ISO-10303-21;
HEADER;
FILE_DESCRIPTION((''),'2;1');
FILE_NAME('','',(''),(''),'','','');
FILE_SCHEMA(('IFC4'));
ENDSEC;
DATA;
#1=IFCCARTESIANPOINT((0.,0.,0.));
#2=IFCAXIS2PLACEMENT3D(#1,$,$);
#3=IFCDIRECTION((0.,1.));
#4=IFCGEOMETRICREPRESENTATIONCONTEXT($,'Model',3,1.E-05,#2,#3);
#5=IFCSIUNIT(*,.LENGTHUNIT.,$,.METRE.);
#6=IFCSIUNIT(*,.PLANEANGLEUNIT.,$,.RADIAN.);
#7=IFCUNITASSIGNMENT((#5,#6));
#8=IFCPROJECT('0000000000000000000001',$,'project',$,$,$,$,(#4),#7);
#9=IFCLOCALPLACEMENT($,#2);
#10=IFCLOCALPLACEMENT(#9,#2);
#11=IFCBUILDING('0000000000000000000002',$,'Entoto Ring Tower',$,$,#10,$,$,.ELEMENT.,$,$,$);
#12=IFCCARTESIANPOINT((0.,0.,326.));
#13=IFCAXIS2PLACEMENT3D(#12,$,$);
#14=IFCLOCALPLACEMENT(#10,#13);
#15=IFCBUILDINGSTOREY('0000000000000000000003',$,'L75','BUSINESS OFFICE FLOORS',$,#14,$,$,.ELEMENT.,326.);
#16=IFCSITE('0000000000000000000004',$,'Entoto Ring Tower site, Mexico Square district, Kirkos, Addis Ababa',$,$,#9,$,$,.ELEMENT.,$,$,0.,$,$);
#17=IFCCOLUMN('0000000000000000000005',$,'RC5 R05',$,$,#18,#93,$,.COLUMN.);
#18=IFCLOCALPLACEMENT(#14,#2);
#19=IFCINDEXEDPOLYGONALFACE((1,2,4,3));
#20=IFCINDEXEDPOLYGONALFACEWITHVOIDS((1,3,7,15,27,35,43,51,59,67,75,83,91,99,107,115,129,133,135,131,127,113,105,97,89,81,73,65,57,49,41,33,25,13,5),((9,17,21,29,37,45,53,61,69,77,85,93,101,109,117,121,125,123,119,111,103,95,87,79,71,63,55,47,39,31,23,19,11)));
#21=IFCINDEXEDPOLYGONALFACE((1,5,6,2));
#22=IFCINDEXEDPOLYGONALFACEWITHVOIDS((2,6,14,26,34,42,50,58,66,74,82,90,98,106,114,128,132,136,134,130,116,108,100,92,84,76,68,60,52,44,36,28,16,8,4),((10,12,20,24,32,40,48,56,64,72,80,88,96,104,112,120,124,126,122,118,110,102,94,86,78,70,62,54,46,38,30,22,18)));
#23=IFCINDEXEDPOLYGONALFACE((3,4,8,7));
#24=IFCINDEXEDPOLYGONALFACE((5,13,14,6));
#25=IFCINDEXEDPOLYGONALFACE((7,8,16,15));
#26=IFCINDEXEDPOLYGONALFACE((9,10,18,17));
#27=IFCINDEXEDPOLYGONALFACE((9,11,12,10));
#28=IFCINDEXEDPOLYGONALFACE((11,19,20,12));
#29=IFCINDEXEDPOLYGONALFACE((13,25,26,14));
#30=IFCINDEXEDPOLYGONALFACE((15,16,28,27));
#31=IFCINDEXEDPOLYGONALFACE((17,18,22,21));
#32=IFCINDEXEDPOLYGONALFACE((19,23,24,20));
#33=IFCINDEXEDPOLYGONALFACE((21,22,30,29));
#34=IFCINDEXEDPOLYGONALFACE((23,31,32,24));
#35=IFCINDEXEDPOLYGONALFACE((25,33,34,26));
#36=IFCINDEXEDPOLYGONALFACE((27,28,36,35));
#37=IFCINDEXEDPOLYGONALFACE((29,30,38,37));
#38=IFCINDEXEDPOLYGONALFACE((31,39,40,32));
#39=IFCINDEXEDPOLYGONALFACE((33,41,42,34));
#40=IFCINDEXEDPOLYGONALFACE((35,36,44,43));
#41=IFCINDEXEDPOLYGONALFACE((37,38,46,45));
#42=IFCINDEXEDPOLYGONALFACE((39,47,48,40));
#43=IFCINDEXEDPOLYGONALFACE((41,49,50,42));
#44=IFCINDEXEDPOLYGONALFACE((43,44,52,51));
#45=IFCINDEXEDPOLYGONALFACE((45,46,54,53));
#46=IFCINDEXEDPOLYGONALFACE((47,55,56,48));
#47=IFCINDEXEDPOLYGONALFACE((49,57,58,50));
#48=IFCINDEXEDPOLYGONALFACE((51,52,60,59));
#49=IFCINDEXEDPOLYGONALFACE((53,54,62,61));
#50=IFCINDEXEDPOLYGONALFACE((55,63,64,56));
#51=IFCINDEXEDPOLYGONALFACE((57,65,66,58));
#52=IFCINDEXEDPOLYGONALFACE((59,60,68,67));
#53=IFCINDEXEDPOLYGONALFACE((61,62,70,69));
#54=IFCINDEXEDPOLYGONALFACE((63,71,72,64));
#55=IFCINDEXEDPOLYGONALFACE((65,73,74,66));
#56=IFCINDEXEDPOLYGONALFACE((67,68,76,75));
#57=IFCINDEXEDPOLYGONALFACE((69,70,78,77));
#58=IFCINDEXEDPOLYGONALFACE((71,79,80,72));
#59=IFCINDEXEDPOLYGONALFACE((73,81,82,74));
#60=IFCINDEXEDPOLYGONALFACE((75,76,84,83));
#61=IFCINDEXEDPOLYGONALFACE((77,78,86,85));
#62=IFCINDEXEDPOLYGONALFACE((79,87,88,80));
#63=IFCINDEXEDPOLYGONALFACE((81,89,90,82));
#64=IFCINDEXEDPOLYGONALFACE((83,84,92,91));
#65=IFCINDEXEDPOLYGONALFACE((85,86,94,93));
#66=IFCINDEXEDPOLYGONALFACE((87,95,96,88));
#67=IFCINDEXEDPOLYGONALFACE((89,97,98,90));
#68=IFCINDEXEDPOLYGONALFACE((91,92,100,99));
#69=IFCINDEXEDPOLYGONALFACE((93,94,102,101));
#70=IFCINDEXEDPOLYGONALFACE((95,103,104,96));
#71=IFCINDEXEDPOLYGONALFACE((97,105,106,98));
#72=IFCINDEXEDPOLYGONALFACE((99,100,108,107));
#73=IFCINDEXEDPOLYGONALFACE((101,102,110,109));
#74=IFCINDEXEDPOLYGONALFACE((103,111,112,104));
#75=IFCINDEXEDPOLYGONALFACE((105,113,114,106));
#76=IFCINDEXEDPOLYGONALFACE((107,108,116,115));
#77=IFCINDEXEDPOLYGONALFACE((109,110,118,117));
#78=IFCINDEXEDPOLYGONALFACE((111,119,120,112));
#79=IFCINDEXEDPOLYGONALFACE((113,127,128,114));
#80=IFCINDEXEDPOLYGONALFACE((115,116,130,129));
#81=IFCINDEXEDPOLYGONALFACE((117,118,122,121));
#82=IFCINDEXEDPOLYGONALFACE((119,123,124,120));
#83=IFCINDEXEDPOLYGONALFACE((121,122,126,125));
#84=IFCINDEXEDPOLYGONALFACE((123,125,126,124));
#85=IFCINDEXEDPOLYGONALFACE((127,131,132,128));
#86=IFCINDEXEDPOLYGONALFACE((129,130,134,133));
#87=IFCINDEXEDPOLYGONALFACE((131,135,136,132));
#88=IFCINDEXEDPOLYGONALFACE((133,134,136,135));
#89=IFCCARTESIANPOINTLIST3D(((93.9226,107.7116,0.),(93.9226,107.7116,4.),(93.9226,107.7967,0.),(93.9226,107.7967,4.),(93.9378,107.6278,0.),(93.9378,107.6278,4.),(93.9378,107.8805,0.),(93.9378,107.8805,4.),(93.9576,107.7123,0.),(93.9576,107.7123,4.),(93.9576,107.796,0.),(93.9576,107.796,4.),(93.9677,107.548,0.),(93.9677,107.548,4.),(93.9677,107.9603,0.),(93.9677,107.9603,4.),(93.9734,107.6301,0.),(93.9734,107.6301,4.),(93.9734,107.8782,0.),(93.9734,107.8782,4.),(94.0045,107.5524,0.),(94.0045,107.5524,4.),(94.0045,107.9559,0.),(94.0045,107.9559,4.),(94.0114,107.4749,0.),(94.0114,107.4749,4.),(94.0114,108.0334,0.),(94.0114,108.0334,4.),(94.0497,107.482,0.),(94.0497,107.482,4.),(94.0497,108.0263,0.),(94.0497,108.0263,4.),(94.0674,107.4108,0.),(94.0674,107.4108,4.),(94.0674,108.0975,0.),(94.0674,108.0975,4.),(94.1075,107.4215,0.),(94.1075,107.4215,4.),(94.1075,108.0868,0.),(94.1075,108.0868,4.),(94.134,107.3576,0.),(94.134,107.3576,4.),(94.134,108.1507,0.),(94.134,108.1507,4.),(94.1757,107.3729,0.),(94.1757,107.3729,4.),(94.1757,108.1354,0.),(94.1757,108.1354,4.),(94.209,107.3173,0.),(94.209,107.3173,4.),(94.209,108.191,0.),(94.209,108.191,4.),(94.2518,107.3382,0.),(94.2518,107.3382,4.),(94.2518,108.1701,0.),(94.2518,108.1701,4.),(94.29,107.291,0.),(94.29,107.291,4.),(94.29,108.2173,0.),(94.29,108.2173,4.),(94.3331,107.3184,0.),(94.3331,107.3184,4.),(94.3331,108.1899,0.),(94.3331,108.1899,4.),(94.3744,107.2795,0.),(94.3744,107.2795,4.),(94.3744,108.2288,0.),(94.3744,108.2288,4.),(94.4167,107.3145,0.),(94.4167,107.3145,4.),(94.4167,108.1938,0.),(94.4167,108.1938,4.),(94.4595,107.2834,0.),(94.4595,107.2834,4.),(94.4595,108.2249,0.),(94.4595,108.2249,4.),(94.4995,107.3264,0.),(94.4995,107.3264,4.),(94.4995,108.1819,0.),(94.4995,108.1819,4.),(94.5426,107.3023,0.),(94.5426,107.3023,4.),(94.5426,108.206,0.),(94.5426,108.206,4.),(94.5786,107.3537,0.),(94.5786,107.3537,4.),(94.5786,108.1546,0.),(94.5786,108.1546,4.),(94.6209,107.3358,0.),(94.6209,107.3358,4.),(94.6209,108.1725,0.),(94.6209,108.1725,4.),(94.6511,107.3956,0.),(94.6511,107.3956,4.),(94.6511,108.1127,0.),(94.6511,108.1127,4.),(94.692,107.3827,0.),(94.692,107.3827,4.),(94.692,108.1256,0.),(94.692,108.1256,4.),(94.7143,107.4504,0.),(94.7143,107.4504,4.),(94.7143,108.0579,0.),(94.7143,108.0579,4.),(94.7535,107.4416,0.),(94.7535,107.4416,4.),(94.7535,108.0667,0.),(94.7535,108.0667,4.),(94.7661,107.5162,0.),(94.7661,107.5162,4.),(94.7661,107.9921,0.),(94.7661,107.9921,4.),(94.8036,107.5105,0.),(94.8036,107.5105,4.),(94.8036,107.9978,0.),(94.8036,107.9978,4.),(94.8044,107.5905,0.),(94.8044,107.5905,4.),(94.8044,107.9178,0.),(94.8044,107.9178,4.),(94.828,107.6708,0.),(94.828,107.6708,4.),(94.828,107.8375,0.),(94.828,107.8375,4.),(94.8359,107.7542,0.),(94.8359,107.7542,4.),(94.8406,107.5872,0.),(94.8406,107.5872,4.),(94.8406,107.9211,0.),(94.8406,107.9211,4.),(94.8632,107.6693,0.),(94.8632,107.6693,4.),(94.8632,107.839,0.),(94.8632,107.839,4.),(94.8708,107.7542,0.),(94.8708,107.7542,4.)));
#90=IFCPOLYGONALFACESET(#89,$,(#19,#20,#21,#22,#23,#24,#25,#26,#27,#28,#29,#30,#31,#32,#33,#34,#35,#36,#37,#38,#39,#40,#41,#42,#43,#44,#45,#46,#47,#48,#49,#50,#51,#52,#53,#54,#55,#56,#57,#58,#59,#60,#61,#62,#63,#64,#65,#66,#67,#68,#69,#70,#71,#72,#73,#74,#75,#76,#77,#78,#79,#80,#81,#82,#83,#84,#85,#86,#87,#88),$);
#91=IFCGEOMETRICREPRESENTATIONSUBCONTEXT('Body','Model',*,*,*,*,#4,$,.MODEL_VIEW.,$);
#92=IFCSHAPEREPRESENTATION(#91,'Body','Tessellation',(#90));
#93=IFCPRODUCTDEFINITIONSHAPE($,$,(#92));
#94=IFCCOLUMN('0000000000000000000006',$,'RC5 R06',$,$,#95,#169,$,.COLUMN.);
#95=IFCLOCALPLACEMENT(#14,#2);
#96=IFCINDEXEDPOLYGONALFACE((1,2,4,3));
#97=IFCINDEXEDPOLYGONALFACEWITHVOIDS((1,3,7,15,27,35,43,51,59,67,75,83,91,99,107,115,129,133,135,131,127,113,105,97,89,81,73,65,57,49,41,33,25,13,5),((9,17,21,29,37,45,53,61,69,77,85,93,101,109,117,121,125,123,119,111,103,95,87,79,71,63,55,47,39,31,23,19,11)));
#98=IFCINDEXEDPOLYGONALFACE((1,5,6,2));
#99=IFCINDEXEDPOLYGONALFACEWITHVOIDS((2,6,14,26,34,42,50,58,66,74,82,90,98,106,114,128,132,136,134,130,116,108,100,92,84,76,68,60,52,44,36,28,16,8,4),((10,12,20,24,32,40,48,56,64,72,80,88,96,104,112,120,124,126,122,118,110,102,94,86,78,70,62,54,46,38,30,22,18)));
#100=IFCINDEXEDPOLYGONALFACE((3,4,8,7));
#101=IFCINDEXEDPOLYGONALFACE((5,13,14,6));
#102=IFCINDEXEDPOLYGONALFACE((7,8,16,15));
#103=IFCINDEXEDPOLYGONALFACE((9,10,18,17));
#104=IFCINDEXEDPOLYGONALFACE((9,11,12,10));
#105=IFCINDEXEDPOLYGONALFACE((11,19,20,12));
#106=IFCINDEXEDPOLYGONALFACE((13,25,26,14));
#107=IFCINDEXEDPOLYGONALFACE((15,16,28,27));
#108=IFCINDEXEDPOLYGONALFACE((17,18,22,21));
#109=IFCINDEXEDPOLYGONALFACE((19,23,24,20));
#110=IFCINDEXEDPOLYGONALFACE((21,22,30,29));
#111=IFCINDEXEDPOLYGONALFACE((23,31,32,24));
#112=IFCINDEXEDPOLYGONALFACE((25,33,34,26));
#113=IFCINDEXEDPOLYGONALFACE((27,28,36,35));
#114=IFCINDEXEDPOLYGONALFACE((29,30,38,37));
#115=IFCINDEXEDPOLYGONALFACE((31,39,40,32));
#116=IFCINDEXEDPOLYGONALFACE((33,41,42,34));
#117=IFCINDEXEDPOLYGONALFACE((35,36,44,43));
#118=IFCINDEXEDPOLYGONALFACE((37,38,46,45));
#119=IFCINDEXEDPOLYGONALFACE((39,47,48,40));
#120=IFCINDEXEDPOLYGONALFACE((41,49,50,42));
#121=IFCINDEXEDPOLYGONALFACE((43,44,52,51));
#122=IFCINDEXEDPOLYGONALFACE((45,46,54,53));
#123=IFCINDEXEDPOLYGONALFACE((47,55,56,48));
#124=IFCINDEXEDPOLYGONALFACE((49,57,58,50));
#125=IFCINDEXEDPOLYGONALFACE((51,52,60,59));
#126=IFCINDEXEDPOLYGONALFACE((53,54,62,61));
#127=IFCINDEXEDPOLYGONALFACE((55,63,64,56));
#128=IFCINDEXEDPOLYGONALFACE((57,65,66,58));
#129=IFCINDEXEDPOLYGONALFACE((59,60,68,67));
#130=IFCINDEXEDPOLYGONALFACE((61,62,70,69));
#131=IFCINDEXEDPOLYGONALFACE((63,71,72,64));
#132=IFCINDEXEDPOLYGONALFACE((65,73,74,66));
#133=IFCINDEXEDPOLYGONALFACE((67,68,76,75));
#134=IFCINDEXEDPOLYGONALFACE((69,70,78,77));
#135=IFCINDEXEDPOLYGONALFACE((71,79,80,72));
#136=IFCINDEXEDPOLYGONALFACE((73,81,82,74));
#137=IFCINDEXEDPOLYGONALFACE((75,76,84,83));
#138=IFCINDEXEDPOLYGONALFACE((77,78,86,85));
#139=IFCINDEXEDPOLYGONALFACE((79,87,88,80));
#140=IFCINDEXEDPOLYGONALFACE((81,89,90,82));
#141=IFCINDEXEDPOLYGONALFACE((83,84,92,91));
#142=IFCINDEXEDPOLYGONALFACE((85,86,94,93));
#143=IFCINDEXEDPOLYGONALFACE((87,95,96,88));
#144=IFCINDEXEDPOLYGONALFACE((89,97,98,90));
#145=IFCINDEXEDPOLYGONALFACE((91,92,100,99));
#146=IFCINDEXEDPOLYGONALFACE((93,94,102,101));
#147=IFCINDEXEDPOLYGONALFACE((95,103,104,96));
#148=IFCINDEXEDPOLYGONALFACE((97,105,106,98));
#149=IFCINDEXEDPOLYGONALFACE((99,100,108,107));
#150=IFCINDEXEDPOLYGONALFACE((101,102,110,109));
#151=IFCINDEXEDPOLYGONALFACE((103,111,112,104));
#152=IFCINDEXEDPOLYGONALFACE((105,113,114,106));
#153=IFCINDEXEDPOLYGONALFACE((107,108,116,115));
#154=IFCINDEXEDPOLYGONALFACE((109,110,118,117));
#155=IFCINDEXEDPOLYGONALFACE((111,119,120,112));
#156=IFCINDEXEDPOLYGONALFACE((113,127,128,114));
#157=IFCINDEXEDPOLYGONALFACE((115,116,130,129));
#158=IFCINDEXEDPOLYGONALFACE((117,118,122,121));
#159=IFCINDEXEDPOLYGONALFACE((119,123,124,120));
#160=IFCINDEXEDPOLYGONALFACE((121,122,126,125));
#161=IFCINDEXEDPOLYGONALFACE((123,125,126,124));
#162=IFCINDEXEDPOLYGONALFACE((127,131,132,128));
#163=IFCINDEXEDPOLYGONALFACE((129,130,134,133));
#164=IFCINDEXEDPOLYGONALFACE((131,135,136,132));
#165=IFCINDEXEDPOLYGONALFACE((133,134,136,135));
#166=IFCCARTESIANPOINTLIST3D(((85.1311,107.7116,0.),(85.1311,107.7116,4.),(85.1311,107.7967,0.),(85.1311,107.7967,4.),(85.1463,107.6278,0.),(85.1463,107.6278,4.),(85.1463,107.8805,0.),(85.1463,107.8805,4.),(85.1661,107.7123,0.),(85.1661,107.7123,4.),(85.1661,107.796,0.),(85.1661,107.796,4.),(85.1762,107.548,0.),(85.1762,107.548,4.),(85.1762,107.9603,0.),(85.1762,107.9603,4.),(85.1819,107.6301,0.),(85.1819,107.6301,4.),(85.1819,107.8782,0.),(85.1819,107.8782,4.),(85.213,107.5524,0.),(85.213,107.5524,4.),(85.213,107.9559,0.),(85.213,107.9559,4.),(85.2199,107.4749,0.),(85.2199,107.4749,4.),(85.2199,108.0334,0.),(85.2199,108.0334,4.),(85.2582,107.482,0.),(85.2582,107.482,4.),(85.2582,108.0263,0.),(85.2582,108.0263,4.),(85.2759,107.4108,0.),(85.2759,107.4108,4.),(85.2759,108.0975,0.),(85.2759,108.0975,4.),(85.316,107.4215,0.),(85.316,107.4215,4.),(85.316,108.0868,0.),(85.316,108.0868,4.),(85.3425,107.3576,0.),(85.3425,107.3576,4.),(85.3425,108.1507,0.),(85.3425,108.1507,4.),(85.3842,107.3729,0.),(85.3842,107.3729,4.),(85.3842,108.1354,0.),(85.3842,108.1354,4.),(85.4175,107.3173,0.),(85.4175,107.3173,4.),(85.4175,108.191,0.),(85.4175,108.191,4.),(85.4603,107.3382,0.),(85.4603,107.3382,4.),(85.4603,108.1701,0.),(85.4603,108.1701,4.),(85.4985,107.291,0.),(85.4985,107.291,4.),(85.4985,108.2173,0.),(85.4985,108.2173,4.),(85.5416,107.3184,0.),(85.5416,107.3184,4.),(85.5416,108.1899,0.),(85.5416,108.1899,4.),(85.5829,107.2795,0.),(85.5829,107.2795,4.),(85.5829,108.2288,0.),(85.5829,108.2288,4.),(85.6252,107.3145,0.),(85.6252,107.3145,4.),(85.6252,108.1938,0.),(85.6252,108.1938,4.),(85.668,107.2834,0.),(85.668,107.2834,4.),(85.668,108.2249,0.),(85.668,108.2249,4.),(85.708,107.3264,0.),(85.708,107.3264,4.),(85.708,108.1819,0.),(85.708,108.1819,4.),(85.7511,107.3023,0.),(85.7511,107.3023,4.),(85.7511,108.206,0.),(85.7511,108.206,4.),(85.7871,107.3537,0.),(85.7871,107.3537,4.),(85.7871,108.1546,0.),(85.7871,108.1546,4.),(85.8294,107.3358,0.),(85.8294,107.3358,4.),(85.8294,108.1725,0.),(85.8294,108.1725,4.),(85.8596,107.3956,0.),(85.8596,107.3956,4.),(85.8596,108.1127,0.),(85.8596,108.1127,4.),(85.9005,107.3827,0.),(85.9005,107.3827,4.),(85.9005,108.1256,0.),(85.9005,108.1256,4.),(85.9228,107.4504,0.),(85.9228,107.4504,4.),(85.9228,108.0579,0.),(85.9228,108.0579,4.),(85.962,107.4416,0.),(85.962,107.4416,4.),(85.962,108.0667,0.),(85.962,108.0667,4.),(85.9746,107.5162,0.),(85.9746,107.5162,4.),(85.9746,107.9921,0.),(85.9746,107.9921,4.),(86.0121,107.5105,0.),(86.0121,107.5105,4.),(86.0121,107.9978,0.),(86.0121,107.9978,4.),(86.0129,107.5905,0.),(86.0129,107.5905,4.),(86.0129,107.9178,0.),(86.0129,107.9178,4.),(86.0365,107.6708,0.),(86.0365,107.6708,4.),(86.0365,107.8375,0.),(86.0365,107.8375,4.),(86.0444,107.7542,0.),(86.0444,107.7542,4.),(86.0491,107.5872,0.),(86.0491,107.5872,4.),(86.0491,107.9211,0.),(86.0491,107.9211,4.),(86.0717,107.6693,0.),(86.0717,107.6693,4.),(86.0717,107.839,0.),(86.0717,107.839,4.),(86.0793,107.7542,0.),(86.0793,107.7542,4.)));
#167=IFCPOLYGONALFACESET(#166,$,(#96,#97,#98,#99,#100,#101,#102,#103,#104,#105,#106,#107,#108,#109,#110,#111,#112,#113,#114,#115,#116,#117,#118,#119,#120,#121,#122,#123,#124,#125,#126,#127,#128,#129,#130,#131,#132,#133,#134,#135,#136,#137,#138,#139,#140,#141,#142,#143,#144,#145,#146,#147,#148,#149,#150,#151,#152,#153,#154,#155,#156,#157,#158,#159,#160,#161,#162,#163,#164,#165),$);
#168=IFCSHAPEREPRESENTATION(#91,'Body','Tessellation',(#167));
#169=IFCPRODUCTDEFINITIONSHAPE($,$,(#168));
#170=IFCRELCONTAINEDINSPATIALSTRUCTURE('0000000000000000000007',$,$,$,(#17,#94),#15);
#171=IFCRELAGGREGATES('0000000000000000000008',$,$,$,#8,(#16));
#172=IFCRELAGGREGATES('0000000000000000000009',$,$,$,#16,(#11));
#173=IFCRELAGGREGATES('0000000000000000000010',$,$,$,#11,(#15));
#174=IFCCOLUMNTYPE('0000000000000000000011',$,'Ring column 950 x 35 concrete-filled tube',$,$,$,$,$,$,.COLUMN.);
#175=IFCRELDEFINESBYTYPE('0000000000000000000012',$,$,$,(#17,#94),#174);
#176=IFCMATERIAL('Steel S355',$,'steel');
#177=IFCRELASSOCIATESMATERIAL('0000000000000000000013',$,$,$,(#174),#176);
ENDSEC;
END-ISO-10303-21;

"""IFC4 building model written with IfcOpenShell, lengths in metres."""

from ifc_helpers import new_model, si_unit, direction, frame, origin, origin_2d, place, context, subcontext, project, spatial, circle, hollow_circle, extrude, material, material_profile, profile_set, type_object, element, save


model = new_model("IFC4")

# Units and contexts
model_context = context("Model", 3, precision=1e-05, world=origin(), true_north=direction((0.0, 1.0)))
body_context = subcontext(model_context, "Body", "Model", "MODEL_VIEW")
ifc_project = project(units=[si_unit("LENGTHUNIT", "METRE"), si_unit("PLANEANGLEUNIT", "RADIAN")], contexts=[model_context])

# Site, building, storey
site_placement = place(None, origin())
site = spatial("IfcSite", under=ifc_project, at=site_placement, Name="Entoto Ring Tower site, Mexico Square district, Kirkos, Addis Ababa", CompositionType="ELEMENT", RefElevation=0.0)
building_placement = place(site_placement, origin())
building = spatial("IfcBuilding", under=site, at=building_placement, Name="Entoto Ring Tower", CompositionType="ELEMENT")
storey_placement = place(building_placement, frame((0.0, 0.0, 326.0)))
storey = spatial("IfcBuildingStorey", under=building, at=storey_placement, Name="L75", Description="BUSINESS OFFICE FLOORS", CompositionType="ELEMENT", Elevation=326.0)

# Columns
ifc_material_1 = material(Name="Steel S355", Category="steel")
ifc_material_profile_1 = material_profile(ifc_material_1, hollow_circle(Radius=0.4751, WallThickness=0.0349, at=origin_2d()), Name="CHS 950 x 35")
ifc_material_2 = material(Name="Concrete C60/75", Category="concrete")
ifc_material_profile_2 = material_profile(ifc_material_2, circle(Radius=0.4399, at=origin_2d()), Name="Concrete C60/75 infill")
ifc_profile_set_1 = profile_set([ifc_material_profile_1, ifc_material_profile_2], Name="Steel S355")
column_type = type_object("IfcColumnType", Name="Ring column 950 x 35 concrete-filled tube", PredefinedType="COLUMN", material=ifc_profile_set_1)
for number, where, z_axis, x_axis, name in (
    (1, (94.3958, 107.7542, 0.0), (0.0, 0.0, 1.0), (1.0, 0.0, 0.0), "RC5 R05"),
    (2, (85.6042, 107.7542, 0.0), (0.0, 0.0, 1.0), (1.0, 0.0, 0.0), "RC5 R06"),
):
    element("IfcColumn", number, at=place(storey_placement, frame(where, z_axis=z_axis, x_axis=x_axis)), inside=storey, type_object=column_type, Name=name, PredefinedType="COLUMN", context=body_context, shape_type="SweptSolid", body=[
        extrude(hollow_circle(Radius=0.4751, WallThickness=0.0349, at=origin_2d()), origin(), (0.0, 0.0, 1.0), 4.0),
    ])

save(model, "model.ifc")
